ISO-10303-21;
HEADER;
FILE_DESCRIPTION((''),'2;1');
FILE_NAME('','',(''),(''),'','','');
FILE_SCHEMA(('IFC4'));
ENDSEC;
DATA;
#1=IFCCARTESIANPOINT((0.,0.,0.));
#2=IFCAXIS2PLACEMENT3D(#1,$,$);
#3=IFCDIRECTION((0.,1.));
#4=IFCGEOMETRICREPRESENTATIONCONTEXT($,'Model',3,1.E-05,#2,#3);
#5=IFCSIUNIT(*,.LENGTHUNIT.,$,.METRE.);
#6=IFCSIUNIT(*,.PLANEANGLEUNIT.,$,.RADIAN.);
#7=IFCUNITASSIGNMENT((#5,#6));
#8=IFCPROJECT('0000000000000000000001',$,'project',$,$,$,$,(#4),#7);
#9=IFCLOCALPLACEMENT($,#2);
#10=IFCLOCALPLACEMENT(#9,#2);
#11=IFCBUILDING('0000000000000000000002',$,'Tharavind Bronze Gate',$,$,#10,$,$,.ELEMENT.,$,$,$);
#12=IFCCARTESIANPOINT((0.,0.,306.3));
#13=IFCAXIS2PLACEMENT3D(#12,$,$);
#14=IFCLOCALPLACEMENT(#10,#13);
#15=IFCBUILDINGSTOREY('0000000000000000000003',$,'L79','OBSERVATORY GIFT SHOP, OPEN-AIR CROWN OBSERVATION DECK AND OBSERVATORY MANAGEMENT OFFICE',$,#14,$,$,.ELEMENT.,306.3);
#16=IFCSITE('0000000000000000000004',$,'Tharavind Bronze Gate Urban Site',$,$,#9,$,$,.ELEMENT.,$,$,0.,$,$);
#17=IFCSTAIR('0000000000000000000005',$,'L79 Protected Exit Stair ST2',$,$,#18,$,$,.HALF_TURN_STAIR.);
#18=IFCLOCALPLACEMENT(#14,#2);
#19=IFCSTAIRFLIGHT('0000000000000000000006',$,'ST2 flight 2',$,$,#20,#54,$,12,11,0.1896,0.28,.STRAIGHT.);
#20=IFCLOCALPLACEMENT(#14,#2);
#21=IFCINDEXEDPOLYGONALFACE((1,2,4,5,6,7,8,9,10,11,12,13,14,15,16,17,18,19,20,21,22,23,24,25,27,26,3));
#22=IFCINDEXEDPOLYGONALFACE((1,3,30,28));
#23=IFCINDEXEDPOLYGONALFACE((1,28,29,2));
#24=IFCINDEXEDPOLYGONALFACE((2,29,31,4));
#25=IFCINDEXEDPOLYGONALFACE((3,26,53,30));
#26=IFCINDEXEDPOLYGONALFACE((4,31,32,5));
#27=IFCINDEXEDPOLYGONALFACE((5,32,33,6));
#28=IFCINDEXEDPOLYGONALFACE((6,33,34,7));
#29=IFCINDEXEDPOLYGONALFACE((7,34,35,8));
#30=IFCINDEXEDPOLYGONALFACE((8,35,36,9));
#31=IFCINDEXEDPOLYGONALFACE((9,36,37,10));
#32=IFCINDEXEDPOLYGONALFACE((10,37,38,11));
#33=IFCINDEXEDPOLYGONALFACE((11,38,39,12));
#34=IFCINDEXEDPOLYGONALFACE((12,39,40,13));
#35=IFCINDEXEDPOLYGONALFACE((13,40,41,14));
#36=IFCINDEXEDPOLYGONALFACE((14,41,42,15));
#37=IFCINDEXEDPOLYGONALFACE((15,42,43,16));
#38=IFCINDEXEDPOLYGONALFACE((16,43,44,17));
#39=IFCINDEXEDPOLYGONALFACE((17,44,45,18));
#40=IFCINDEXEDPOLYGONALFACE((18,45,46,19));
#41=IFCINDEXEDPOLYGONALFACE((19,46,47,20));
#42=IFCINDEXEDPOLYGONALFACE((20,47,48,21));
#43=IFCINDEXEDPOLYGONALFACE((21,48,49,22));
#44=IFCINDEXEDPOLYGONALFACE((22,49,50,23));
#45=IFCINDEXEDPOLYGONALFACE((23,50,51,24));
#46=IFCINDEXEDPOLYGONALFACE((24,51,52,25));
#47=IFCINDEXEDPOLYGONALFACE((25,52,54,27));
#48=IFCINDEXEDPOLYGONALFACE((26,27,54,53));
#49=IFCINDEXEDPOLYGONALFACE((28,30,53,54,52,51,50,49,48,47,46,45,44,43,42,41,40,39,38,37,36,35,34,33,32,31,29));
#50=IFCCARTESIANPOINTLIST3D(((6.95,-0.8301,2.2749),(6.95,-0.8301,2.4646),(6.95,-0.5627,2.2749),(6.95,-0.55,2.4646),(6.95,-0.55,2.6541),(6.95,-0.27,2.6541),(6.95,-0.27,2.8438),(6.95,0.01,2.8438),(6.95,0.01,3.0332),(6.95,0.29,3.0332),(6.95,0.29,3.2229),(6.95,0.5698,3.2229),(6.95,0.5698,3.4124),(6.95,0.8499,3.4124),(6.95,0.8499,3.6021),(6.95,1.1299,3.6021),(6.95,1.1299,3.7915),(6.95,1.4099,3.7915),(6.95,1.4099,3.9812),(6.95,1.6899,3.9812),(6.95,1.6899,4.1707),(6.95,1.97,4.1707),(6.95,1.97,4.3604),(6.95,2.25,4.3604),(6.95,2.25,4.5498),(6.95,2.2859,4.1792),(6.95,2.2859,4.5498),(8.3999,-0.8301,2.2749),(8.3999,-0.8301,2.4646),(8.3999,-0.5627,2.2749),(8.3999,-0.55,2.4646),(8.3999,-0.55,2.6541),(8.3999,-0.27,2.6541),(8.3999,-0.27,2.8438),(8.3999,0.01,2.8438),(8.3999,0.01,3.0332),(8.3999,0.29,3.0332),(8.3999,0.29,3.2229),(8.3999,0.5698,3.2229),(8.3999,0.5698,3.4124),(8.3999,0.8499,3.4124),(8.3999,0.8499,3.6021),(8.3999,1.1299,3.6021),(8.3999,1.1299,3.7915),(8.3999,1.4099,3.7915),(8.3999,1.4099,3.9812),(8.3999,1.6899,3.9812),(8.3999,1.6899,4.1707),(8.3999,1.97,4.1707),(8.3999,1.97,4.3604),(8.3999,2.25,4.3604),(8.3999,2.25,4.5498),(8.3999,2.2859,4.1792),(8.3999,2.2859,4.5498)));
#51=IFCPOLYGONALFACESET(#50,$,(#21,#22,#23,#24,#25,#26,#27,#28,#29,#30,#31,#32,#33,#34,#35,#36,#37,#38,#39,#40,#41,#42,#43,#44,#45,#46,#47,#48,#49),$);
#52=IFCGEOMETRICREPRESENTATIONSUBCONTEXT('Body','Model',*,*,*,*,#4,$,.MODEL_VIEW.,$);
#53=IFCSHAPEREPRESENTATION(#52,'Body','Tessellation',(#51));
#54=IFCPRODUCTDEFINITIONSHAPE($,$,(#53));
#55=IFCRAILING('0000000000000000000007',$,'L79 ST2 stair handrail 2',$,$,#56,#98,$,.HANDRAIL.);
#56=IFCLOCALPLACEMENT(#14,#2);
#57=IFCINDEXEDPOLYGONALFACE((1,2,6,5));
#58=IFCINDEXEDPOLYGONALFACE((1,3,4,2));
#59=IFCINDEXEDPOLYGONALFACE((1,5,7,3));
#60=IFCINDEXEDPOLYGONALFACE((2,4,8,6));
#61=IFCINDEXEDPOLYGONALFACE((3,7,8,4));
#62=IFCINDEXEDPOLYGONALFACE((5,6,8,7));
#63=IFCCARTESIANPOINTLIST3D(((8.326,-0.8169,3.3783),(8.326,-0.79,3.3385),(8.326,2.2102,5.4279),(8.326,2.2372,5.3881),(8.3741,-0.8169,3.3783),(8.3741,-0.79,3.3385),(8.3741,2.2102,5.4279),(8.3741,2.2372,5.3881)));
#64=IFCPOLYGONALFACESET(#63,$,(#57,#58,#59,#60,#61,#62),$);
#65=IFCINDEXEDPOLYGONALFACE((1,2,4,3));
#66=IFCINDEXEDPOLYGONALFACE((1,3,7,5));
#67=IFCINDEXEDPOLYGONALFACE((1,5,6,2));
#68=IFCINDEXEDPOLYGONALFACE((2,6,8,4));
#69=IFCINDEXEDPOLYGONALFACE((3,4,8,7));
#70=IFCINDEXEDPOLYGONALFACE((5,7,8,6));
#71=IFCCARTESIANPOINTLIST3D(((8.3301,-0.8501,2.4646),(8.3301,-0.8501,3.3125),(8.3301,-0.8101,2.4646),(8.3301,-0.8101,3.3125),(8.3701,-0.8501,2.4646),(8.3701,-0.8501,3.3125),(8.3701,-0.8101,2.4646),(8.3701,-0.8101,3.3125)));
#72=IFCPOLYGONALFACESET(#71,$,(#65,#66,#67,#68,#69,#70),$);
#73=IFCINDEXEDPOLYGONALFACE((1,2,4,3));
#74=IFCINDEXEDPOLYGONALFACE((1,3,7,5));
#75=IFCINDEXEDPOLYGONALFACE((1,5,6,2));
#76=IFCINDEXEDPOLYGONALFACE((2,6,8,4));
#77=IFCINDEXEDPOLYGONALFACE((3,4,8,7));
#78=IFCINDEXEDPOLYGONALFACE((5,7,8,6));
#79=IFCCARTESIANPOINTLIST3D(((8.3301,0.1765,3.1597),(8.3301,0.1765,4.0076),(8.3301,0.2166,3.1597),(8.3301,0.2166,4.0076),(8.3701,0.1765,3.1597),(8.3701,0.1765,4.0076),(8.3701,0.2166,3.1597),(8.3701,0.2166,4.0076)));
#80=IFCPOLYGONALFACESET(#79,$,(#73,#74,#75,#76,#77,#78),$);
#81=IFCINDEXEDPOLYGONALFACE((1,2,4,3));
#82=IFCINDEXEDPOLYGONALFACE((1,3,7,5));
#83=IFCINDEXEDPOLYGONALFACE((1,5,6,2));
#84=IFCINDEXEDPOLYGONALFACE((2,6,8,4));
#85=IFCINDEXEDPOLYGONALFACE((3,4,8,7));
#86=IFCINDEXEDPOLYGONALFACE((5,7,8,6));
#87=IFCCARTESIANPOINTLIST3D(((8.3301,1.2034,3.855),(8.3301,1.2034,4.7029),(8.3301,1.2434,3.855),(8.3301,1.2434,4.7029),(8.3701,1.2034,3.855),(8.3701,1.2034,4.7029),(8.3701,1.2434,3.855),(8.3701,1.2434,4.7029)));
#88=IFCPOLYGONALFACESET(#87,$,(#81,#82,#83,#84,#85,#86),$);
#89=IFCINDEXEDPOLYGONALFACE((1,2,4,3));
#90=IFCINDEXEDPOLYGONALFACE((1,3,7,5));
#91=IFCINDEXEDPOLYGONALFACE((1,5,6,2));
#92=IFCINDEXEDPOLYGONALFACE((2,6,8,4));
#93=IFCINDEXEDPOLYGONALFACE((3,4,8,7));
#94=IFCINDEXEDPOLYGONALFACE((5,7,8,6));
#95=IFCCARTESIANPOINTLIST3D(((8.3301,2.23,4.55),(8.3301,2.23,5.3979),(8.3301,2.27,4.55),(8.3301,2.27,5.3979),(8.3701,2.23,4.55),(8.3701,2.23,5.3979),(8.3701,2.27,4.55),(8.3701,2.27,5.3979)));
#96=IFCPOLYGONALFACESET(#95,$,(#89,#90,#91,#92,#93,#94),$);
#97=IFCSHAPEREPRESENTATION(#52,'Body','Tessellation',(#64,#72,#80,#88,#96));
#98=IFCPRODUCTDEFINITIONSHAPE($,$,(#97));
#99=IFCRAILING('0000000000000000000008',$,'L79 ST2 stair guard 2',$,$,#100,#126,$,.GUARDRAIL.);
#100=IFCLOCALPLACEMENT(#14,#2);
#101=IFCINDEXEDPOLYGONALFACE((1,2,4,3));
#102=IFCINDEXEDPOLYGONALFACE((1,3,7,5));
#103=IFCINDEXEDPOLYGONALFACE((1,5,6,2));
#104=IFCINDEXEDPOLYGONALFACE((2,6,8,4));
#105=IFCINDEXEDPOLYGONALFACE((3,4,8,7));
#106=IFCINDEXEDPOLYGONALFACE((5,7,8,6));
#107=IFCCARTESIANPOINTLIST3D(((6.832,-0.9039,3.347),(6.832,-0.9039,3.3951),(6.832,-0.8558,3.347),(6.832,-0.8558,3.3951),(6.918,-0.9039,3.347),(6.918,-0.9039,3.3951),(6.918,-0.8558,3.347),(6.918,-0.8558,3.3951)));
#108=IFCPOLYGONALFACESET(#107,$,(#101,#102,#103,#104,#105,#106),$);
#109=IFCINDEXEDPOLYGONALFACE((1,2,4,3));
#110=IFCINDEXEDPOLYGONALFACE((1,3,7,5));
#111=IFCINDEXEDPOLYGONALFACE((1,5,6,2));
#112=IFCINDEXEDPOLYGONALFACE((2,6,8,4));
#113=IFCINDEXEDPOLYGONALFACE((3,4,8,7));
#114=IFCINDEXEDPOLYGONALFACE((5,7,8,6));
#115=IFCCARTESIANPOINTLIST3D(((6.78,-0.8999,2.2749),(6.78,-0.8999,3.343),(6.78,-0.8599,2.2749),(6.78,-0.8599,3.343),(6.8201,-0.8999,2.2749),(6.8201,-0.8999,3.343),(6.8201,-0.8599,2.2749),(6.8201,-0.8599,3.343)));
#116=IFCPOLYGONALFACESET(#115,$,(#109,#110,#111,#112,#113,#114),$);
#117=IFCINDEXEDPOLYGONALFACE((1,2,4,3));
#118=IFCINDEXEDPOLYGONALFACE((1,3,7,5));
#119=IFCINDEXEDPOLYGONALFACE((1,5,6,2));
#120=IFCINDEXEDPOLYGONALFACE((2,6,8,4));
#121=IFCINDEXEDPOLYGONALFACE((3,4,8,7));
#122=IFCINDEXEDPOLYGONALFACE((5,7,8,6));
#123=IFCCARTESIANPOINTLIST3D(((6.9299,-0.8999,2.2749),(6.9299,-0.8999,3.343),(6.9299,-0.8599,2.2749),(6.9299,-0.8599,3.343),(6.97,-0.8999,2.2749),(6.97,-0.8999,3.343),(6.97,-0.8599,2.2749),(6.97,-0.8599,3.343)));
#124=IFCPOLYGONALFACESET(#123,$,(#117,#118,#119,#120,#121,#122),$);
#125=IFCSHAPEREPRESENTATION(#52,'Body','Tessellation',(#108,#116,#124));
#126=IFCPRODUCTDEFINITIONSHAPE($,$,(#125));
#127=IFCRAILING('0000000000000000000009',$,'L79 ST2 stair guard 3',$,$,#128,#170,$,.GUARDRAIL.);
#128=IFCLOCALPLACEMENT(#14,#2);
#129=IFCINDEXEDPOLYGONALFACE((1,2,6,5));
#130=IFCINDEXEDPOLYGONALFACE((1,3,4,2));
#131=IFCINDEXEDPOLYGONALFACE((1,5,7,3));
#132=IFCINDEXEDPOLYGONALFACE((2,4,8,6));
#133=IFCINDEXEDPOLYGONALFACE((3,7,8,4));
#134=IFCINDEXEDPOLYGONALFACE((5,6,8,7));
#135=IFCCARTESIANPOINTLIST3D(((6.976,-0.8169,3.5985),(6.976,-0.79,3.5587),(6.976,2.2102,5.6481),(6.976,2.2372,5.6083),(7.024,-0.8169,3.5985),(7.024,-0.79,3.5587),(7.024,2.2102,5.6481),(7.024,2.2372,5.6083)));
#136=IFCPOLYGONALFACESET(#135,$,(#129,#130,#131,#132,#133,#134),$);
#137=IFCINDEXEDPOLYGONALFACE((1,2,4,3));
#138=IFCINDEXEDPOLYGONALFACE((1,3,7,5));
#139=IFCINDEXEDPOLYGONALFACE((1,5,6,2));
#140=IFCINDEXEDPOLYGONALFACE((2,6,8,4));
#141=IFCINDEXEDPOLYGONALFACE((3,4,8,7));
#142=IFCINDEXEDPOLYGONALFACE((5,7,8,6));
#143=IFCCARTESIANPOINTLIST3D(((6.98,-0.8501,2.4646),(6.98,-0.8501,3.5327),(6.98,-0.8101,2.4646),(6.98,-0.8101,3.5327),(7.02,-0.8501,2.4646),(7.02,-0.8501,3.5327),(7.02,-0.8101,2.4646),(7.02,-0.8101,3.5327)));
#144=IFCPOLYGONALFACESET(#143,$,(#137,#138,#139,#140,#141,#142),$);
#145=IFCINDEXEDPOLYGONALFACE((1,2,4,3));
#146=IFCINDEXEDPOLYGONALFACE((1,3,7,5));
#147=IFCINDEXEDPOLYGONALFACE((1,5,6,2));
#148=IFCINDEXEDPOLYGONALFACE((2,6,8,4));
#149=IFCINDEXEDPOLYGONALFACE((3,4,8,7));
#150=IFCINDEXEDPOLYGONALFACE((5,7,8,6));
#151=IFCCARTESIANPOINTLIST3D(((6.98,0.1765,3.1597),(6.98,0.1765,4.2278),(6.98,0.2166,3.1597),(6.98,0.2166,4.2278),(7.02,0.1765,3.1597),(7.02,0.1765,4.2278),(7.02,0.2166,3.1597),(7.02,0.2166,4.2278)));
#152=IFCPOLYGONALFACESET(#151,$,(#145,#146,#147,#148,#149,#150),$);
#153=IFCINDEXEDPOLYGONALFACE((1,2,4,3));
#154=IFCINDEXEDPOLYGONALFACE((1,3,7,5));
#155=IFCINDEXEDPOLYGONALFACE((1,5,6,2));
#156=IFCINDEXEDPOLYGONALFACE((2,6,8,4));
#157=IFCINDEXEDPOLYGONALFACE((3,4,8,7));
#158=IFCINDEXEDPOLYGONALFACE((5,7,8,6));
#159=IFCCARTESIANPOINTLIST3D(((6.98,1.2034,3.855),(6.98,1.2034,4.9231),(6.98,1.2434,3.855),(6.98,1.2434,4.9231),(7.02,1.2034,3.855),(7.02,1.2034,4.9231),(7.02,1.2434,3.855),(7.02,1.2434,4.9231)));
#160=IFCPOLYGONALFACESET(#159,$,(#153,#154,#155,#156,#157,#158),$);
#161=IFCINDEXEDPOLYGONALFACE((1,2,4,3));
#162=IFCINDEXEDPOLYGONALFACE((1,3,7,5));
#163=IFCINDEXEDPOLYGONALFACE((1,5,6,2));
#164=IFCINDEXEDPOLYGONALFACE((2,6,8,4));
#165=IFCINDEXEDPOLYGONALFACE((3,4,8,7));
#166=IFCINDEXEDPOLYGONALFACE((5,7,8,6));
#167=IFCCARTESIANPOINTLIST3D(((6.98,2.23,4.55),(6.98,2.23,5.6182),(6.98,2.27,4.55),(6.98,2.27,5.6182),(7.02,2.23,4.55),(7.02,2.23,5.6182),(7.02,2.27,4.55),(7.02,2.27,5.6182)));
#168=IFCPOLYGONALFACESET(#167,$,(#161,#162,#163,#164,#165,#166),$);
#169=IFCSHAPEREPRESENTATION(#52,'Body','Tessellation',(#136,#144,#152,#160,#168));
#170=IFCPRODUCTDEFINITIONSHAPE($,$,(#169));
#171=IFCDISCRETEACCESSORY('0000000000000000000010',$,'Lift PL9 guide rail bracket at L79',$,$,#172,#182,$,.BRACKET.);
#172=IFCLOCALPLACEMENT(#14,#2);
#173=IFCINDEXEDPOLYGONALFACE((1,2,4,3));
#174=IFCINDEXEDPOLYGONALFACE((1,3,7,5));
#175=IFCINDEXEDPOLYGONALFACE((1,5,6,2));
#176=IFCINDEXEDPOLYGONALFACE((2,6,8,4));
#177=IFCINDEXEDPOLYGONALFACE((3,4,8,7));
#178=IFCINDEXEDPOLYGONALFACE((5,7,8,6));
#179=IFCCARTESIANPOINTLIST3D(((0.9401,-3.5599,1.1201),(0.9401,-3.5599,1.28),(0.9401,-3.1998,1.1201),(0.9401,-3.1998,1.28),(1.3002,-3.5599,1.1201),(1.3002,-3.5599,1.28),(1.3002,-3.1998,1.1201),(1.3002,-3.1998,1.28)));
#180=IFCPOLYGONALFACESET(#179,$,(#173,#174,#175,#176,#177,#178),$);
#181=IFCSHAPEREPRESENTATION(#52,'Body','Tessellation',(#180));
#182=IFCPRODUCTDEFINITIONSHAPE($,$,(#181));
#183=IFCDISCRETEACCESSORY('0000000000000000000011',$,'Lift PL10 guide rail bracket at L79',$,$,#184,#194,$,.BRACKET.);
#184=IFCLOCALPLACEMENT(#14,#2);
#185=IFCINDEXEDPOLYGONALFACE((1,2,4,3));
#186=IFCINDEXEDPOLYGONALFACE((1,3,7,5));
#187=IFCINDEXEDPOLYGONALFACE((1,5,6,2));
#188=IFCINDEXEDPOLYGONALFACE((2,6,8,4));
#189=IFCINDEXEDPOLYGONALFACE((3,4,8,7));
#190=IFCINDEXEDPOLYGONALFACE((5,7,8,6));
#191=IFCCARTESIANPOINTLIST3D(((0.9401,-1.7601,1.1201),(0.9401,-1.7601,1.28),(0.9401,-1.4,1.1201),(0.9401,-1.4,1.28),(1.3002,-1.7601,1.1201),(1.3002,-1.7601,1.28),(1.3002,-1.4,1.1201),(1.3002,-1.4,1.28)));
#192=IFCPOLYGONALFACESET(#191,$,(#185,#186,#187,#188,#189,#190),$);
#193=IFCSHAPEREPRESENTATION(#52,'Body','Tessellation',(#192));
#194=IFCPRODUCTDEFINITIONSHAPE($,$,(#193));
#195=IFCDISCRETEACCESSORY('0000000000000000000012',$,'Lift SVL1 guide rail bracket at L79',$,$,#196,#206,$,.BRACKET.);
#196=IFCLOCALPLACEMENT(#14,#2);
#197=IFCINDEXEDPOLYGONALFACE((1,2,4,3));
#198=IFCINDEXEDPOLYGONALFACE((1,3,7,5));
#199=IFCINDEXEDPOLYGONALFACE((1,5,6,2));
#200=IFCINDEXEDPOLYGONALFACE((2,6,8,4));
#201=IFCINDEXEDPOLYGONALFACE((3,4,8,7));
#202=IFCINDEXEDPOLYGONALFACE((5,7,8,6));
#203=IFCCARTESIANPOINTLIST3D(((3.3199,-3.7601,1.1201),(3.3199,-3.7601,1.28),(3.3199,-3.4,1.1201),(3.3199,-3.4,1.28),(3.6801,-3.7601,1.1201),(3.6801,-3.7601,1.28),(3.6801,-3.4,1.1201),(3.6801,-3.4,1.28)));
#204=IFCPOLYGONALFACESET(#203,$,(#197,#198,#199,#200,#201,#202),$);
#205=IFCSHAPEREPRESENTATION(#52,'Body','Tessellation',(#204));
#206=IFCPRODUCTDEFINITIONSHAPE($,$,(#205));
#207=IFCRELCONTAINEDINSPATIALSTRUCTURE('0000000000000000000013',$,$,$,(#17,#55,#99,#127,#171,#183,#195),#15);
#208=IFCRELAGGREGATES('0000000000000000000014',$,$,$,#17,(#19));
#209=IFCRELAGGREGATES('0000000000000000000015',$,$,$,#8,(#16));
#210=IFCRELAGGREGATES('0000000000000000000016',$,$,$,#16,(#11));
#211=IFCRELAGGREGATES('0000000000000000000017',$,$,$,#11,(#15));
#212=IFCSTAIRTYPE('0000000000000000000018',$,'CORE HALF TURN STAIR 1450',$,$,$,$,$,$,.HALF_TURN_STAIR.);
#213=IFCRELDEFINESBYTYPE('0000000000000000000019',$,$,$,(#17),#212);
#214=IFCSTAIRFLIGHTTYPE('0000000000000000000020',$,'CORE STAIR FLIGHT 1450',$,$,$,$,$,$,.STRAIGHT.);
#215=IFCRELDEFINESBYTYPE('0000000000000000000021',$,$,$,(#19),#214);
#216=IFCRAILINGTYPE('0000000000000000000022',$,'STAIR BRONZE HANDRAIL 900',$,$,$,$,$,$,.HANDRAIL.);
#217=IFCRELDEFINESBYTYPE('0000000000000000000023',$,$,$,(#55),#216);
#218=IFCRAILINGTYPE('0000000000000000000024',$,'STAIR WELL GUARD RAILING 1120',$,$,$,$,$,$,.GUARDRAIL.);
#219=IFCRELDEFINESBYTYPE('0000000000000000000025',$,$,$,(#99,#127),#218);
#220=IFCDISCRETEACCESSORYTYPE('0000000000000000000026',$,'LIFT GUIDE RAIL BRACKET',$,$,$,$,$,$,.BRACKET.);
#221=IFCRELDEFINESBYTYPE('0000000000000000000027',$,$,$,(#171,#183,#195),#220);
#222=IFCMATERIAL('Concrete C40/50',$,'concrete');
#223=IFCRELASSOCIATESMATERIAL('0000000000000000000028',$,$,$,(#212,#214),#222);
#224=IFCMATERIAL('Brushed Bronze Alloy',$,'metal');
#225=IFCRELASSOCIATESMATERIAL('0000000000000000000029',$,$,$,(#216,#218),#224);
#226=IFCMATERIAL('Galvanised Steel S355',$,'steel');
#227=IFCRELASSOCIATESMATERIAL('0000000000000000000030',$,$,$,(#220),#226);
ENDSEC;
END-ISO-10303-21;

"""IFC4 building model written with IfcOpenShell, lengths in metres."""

from ifc_helpers import new_model, si_unit, direction, frame, origin, origin_2d, place, context, subcontext, project, spatial, polyline, rectangle, outline, extrude, material, type_object, element, aggregate, save


model = new_model("IFC4")

# Units and contexts
model_context = context("Model", 3, precision=1e-05, world=origin(), true_north=direction((0.0, 1.0)))
body_context = subcontext(model_context, "Body", "Model", "MODEL_VIEW")
ifc_project = project(units=[si_unit("LENGTHUNIT", "METRE"), si_unit("PLANEANGLEUNIT", "RADIAN")], contexts=[model_context])

# Site, building, storey
site_placement = place(None, origin())
site = spatial("IfcSite", under=ifc_project, at=site_placement, Name="Tharavind Bronze Gate Urban Site", CompositionType="ELEMENT", RefElevation=0.0)
building_placement = place(site_placement, origin())
building = spatial("IfcBuilding", under=site, at=building_placement, Name="Tharavind Bronze Gate", CompositionType="ELEMENT")
storey_placement = place(building_placement, frame((0.0, 0.0, 306.3)))
storey = spatial("IfcBuildingStorey", under=building, at=storey_placement, Name="L79", Description="OBSERVATORY GIFT SHOP, OPEN-AIR CROWN OBSERVATION DECK AND OBSERVATORY MANAGEMENT OFFICE", CompositionType="ELEMENT", Elevation=306.3)

# Shared definitions
ifc_material_1 = material(Name="Concrete C40/50", Category="concrete")

# Stair, stair flight
stair_type = type_object("IfcStairType", Name="CORE HALF TURN STAIR 1450", PredefinedType="HALF_TURN_STAIR", material=ifc_material_1)
stair_placement = place(storey_placement, origin())
stair = element("IfcStair", 1, at=stair_placement, inside=storey, type_object=stair_type, Name="L79 Protected Exit Stair ST2", PredefinedType="HALF_TURN_STAIR")
stair_flight_type = type_object("IfcStairFlightType", Name="CORE STAIR FLIGHT 1450", PredefinedType="STRAIGHT", material=ifc_material_1)
stair_flight_placement = place(storey_placement, frame((7.675, -0.8301, 2.2749), z_axis=(0.0, 0.0, 1.0), x_axis=(0.0, 1.0, 0.0)))
stair_flight = element("IfcStairFlight", 2, at=stair_flight_placement, type_object=stair_flight_type, Name="ST2 flight 2", NumberOfRisers=12, NumberOfTreads=11, PredefinedType="STRAIGHT", RiserHeight=0.1896, TreadLength=0.28, context=body_context, shape_type="SweptSolid", body=[
    extrude(outline(polyline([(0.0, 0.0), (0.0, 0.1897), (0.28, 0.1897), (0.28, 0.3792), (0.5601, 0.3792), (0.5601, 0.5688), (0.8401, 0.5688), (0.8401, 0.7583), (1.1201, 0.7583), (1.1201, 0.948), (1.3999, 0.948), (1.3999, 1.1375), (1.6799, 1.1375), (1.6799, 1.3271), (1.96, 1.3271), (1.96, 1.5166), (2.24, 1.5166), (2.24, 1.7063), (2.52, 1.7063), (2.52, 1.8958), (2.8, 1.8958), (2.8, 2.0854), (3.0801, 2.0854), (3.0801, 2.2749), (3.116, 2.2749), (3.116, 1.9043), (0.2673, 0.0), (0.0, 0.0)])), frame((0.0, 0.7251, 0.0), z_axis=(0.0, -1.0, 0.0), x_axis=(1.0, 0.0, 0.0)), (0.0, 0.0, 1.0), 1.45),
])
aggregate(stair, [stair_flight])

# Railings
ifc_material_2 = material(Name="Brushed Bronze Alloy", Category="metal")
railing_type_1 = type_object("IfcRailingType", Name="STAIR BRONZE HANDRAIL 900", PredefinedType="HANDRAIL", material=ifc_material_2)
railing_1_placement = place(storey_placement, frame((8.3501, -0.8301, 2.4646)))
element("IfcRailing", 3, at=railing_1_placement, inside=storey, type_object=railing_type_1, Name="L79 ST2 stair handrail 2", PredefinedType="HANDRAIL", context=body_context, shape_type="SweptSolid", body=[
    extrude(rectangle(XDim=0.0481, YDim=0.0481, at=origin_2d()), frame((0.0, 0.0266, 0.8938), z_axis=(0.0, 0.82805, 0.560654), x_axis=(-1.0, 0.0, 0.0)), (0.0, 0.0, 1.0), 3.6558),
    extrude(rectangle(XDim=0.04, YDim=0.04, at=origin_2d()), origin(), (0.0, 0.0, 1.0), 0.8479),
    extrude(rectangle(XDim=0.04, YDim=0.04, at=origin_2d()), frame((0.0, 1.0266, 0.6951)), (0.0, 0.0, 1.0), 0.8479),
    extrude(rectangle(XDim=0.04, YDim=0.04, at=origin_2d()), frame((0.0, 2.0535, 1.3904)), (0.0, 0.0, 1.0), 0.8479),
    extrude(rectangle(XDim=0.04, YDim=0.04, at=origin_2d()), frame((0.0, 3.0801, 2.0854)), (0.0, 0.0, 1.0), 0.8479),
])
railing_type_2 = type_object("IfcRailingType", Name="STAIR WELL GUARD RAILING 1120", PredefinedType="GUARDRAIL", material=ifc_material_2)
railing_2_placement = place(storey_placement, frame((6.8, -0.8799, 2.2749)))
element("IfcRailing", 4, at=railing_2_placement, inside=storey, type_object=railing_type_2, Name="L79 ST2 stair guard 2", PredefinedType="GUARDRAIL", context=body_context, shape_type="SweptSolid", body=[
    extrude(rectangle(XDim=0.0481, YDim=0.0481, at=origin_2d()), frame((0.032, 0.0, 1.0962), z_axis=(1.0, 0.0, 0.0), x_axis=(0.0, 1.0, 0.0)), (0.0, 0.0, 1.0), 0.0859),
    extrude(rectangle(XDim=0.04, YDim=0.04, at=origin_2d()), origin(), (0.0, 0.0, 1.0), 1.0681),
    extrude(rectangle(XDim=0.04, YDim=0.04, at=origin_2d()), frame((0.1499, 0.0, 0.0)), (0.0, 0.0, 1.0), 1.0681),
])
railing_3_placement = place(storey_placement, frame((7.0, -0.8301, 2.4646)))
element("IfcRailing", 5, at=railing_3_placement, inside=storey, type_object=railing_type_2, Name="L79 ST2 stair guard 3", PredefinedType="GUARDRAIL", context=body_context, shape_type="SweptSolid", body=[
    extrude(rectangle(XDim=0.0481, YDim=0.0481, at=origin_2d()), frame((0.0, 0.0266, 1.114), z_axis=(0.0, 0.82805, 0.560654), x_axis=(-1.0, 0.0, 0.0)), (0.0, 0.0, 1.0), 3.6558),
    extrude(rectangle(XDim=0.04, YDim=0.04, at=origin_2d()), origin(), (0.0, 0.0, 1.0), 1.0681),
    extrude(rectangle(XDim=0.04, YDim=0.04, at=origin_2d()), frame((0.0, 1.0266, 0.6951)), (0.0, 0.0, 1.0), 1.0681),
    extrude(rectangle(XDim=0.04, YDim=0.04, at=origin_2d()), frame((0.0, 2.0535, 1.3904)), (0.0, 0.0, 1.0), 1.0681),
    extrude(rectangle(XDim=0.04, YDim=0.04, at=origin_2d()), frame((0.0, 3.0801, 2.0854)), (0.0, 0.0, 1.0), 1.0681),
])

# Discrete accessories
ifc_material_3 = material(Name="Galvanised Steel S355", Category="steel")
discrete_accessory_type = type_object("IfcDiscreteAccessoryType", Name="LIFT GUIDE RAIL BRACKET", PredefinedType="BRACKET", material=ifc_material_3)
for number, where, z_axis, x_axis, name in (
    (6, (1.1201, -3.3799, 1.1201), (0.0, 0.0, 1.0), (1.0, 0.0, 0.0), "Lift PL9 guide rail bracket at L79"),
    (7, (1.1201, -1.5801, 1.1201), (0.0, 0.0, 1.0), (1.0, 0.0, 0.0), "Lift PL10 guide rail bracket at L79"),
    (8, (3.5, -3.5801, 1.1201), (0.0, 0.0, 1.0), (1.0, 0.0, 0.0), "Lift SVL1 guide rail bracket at L79"),
):
    element("IfcDiscreteAccessory", number, at=place(storey_placement, frame(where, z_axis=z_axis, x_axis=x_axis)), inside=storey, type_object=discrete_accessory_type, Name=name, PredefinedType="BRACKET", context=body_context, shape_type="SweptSolid", body=[
        extrude(rectangle(XDim=0.3601, YDim=0.3601, at=origin_2d()), origin(), (0.0, 0.0, 1.0), 0.1599),
    ])

save(model, "model.ifc")
